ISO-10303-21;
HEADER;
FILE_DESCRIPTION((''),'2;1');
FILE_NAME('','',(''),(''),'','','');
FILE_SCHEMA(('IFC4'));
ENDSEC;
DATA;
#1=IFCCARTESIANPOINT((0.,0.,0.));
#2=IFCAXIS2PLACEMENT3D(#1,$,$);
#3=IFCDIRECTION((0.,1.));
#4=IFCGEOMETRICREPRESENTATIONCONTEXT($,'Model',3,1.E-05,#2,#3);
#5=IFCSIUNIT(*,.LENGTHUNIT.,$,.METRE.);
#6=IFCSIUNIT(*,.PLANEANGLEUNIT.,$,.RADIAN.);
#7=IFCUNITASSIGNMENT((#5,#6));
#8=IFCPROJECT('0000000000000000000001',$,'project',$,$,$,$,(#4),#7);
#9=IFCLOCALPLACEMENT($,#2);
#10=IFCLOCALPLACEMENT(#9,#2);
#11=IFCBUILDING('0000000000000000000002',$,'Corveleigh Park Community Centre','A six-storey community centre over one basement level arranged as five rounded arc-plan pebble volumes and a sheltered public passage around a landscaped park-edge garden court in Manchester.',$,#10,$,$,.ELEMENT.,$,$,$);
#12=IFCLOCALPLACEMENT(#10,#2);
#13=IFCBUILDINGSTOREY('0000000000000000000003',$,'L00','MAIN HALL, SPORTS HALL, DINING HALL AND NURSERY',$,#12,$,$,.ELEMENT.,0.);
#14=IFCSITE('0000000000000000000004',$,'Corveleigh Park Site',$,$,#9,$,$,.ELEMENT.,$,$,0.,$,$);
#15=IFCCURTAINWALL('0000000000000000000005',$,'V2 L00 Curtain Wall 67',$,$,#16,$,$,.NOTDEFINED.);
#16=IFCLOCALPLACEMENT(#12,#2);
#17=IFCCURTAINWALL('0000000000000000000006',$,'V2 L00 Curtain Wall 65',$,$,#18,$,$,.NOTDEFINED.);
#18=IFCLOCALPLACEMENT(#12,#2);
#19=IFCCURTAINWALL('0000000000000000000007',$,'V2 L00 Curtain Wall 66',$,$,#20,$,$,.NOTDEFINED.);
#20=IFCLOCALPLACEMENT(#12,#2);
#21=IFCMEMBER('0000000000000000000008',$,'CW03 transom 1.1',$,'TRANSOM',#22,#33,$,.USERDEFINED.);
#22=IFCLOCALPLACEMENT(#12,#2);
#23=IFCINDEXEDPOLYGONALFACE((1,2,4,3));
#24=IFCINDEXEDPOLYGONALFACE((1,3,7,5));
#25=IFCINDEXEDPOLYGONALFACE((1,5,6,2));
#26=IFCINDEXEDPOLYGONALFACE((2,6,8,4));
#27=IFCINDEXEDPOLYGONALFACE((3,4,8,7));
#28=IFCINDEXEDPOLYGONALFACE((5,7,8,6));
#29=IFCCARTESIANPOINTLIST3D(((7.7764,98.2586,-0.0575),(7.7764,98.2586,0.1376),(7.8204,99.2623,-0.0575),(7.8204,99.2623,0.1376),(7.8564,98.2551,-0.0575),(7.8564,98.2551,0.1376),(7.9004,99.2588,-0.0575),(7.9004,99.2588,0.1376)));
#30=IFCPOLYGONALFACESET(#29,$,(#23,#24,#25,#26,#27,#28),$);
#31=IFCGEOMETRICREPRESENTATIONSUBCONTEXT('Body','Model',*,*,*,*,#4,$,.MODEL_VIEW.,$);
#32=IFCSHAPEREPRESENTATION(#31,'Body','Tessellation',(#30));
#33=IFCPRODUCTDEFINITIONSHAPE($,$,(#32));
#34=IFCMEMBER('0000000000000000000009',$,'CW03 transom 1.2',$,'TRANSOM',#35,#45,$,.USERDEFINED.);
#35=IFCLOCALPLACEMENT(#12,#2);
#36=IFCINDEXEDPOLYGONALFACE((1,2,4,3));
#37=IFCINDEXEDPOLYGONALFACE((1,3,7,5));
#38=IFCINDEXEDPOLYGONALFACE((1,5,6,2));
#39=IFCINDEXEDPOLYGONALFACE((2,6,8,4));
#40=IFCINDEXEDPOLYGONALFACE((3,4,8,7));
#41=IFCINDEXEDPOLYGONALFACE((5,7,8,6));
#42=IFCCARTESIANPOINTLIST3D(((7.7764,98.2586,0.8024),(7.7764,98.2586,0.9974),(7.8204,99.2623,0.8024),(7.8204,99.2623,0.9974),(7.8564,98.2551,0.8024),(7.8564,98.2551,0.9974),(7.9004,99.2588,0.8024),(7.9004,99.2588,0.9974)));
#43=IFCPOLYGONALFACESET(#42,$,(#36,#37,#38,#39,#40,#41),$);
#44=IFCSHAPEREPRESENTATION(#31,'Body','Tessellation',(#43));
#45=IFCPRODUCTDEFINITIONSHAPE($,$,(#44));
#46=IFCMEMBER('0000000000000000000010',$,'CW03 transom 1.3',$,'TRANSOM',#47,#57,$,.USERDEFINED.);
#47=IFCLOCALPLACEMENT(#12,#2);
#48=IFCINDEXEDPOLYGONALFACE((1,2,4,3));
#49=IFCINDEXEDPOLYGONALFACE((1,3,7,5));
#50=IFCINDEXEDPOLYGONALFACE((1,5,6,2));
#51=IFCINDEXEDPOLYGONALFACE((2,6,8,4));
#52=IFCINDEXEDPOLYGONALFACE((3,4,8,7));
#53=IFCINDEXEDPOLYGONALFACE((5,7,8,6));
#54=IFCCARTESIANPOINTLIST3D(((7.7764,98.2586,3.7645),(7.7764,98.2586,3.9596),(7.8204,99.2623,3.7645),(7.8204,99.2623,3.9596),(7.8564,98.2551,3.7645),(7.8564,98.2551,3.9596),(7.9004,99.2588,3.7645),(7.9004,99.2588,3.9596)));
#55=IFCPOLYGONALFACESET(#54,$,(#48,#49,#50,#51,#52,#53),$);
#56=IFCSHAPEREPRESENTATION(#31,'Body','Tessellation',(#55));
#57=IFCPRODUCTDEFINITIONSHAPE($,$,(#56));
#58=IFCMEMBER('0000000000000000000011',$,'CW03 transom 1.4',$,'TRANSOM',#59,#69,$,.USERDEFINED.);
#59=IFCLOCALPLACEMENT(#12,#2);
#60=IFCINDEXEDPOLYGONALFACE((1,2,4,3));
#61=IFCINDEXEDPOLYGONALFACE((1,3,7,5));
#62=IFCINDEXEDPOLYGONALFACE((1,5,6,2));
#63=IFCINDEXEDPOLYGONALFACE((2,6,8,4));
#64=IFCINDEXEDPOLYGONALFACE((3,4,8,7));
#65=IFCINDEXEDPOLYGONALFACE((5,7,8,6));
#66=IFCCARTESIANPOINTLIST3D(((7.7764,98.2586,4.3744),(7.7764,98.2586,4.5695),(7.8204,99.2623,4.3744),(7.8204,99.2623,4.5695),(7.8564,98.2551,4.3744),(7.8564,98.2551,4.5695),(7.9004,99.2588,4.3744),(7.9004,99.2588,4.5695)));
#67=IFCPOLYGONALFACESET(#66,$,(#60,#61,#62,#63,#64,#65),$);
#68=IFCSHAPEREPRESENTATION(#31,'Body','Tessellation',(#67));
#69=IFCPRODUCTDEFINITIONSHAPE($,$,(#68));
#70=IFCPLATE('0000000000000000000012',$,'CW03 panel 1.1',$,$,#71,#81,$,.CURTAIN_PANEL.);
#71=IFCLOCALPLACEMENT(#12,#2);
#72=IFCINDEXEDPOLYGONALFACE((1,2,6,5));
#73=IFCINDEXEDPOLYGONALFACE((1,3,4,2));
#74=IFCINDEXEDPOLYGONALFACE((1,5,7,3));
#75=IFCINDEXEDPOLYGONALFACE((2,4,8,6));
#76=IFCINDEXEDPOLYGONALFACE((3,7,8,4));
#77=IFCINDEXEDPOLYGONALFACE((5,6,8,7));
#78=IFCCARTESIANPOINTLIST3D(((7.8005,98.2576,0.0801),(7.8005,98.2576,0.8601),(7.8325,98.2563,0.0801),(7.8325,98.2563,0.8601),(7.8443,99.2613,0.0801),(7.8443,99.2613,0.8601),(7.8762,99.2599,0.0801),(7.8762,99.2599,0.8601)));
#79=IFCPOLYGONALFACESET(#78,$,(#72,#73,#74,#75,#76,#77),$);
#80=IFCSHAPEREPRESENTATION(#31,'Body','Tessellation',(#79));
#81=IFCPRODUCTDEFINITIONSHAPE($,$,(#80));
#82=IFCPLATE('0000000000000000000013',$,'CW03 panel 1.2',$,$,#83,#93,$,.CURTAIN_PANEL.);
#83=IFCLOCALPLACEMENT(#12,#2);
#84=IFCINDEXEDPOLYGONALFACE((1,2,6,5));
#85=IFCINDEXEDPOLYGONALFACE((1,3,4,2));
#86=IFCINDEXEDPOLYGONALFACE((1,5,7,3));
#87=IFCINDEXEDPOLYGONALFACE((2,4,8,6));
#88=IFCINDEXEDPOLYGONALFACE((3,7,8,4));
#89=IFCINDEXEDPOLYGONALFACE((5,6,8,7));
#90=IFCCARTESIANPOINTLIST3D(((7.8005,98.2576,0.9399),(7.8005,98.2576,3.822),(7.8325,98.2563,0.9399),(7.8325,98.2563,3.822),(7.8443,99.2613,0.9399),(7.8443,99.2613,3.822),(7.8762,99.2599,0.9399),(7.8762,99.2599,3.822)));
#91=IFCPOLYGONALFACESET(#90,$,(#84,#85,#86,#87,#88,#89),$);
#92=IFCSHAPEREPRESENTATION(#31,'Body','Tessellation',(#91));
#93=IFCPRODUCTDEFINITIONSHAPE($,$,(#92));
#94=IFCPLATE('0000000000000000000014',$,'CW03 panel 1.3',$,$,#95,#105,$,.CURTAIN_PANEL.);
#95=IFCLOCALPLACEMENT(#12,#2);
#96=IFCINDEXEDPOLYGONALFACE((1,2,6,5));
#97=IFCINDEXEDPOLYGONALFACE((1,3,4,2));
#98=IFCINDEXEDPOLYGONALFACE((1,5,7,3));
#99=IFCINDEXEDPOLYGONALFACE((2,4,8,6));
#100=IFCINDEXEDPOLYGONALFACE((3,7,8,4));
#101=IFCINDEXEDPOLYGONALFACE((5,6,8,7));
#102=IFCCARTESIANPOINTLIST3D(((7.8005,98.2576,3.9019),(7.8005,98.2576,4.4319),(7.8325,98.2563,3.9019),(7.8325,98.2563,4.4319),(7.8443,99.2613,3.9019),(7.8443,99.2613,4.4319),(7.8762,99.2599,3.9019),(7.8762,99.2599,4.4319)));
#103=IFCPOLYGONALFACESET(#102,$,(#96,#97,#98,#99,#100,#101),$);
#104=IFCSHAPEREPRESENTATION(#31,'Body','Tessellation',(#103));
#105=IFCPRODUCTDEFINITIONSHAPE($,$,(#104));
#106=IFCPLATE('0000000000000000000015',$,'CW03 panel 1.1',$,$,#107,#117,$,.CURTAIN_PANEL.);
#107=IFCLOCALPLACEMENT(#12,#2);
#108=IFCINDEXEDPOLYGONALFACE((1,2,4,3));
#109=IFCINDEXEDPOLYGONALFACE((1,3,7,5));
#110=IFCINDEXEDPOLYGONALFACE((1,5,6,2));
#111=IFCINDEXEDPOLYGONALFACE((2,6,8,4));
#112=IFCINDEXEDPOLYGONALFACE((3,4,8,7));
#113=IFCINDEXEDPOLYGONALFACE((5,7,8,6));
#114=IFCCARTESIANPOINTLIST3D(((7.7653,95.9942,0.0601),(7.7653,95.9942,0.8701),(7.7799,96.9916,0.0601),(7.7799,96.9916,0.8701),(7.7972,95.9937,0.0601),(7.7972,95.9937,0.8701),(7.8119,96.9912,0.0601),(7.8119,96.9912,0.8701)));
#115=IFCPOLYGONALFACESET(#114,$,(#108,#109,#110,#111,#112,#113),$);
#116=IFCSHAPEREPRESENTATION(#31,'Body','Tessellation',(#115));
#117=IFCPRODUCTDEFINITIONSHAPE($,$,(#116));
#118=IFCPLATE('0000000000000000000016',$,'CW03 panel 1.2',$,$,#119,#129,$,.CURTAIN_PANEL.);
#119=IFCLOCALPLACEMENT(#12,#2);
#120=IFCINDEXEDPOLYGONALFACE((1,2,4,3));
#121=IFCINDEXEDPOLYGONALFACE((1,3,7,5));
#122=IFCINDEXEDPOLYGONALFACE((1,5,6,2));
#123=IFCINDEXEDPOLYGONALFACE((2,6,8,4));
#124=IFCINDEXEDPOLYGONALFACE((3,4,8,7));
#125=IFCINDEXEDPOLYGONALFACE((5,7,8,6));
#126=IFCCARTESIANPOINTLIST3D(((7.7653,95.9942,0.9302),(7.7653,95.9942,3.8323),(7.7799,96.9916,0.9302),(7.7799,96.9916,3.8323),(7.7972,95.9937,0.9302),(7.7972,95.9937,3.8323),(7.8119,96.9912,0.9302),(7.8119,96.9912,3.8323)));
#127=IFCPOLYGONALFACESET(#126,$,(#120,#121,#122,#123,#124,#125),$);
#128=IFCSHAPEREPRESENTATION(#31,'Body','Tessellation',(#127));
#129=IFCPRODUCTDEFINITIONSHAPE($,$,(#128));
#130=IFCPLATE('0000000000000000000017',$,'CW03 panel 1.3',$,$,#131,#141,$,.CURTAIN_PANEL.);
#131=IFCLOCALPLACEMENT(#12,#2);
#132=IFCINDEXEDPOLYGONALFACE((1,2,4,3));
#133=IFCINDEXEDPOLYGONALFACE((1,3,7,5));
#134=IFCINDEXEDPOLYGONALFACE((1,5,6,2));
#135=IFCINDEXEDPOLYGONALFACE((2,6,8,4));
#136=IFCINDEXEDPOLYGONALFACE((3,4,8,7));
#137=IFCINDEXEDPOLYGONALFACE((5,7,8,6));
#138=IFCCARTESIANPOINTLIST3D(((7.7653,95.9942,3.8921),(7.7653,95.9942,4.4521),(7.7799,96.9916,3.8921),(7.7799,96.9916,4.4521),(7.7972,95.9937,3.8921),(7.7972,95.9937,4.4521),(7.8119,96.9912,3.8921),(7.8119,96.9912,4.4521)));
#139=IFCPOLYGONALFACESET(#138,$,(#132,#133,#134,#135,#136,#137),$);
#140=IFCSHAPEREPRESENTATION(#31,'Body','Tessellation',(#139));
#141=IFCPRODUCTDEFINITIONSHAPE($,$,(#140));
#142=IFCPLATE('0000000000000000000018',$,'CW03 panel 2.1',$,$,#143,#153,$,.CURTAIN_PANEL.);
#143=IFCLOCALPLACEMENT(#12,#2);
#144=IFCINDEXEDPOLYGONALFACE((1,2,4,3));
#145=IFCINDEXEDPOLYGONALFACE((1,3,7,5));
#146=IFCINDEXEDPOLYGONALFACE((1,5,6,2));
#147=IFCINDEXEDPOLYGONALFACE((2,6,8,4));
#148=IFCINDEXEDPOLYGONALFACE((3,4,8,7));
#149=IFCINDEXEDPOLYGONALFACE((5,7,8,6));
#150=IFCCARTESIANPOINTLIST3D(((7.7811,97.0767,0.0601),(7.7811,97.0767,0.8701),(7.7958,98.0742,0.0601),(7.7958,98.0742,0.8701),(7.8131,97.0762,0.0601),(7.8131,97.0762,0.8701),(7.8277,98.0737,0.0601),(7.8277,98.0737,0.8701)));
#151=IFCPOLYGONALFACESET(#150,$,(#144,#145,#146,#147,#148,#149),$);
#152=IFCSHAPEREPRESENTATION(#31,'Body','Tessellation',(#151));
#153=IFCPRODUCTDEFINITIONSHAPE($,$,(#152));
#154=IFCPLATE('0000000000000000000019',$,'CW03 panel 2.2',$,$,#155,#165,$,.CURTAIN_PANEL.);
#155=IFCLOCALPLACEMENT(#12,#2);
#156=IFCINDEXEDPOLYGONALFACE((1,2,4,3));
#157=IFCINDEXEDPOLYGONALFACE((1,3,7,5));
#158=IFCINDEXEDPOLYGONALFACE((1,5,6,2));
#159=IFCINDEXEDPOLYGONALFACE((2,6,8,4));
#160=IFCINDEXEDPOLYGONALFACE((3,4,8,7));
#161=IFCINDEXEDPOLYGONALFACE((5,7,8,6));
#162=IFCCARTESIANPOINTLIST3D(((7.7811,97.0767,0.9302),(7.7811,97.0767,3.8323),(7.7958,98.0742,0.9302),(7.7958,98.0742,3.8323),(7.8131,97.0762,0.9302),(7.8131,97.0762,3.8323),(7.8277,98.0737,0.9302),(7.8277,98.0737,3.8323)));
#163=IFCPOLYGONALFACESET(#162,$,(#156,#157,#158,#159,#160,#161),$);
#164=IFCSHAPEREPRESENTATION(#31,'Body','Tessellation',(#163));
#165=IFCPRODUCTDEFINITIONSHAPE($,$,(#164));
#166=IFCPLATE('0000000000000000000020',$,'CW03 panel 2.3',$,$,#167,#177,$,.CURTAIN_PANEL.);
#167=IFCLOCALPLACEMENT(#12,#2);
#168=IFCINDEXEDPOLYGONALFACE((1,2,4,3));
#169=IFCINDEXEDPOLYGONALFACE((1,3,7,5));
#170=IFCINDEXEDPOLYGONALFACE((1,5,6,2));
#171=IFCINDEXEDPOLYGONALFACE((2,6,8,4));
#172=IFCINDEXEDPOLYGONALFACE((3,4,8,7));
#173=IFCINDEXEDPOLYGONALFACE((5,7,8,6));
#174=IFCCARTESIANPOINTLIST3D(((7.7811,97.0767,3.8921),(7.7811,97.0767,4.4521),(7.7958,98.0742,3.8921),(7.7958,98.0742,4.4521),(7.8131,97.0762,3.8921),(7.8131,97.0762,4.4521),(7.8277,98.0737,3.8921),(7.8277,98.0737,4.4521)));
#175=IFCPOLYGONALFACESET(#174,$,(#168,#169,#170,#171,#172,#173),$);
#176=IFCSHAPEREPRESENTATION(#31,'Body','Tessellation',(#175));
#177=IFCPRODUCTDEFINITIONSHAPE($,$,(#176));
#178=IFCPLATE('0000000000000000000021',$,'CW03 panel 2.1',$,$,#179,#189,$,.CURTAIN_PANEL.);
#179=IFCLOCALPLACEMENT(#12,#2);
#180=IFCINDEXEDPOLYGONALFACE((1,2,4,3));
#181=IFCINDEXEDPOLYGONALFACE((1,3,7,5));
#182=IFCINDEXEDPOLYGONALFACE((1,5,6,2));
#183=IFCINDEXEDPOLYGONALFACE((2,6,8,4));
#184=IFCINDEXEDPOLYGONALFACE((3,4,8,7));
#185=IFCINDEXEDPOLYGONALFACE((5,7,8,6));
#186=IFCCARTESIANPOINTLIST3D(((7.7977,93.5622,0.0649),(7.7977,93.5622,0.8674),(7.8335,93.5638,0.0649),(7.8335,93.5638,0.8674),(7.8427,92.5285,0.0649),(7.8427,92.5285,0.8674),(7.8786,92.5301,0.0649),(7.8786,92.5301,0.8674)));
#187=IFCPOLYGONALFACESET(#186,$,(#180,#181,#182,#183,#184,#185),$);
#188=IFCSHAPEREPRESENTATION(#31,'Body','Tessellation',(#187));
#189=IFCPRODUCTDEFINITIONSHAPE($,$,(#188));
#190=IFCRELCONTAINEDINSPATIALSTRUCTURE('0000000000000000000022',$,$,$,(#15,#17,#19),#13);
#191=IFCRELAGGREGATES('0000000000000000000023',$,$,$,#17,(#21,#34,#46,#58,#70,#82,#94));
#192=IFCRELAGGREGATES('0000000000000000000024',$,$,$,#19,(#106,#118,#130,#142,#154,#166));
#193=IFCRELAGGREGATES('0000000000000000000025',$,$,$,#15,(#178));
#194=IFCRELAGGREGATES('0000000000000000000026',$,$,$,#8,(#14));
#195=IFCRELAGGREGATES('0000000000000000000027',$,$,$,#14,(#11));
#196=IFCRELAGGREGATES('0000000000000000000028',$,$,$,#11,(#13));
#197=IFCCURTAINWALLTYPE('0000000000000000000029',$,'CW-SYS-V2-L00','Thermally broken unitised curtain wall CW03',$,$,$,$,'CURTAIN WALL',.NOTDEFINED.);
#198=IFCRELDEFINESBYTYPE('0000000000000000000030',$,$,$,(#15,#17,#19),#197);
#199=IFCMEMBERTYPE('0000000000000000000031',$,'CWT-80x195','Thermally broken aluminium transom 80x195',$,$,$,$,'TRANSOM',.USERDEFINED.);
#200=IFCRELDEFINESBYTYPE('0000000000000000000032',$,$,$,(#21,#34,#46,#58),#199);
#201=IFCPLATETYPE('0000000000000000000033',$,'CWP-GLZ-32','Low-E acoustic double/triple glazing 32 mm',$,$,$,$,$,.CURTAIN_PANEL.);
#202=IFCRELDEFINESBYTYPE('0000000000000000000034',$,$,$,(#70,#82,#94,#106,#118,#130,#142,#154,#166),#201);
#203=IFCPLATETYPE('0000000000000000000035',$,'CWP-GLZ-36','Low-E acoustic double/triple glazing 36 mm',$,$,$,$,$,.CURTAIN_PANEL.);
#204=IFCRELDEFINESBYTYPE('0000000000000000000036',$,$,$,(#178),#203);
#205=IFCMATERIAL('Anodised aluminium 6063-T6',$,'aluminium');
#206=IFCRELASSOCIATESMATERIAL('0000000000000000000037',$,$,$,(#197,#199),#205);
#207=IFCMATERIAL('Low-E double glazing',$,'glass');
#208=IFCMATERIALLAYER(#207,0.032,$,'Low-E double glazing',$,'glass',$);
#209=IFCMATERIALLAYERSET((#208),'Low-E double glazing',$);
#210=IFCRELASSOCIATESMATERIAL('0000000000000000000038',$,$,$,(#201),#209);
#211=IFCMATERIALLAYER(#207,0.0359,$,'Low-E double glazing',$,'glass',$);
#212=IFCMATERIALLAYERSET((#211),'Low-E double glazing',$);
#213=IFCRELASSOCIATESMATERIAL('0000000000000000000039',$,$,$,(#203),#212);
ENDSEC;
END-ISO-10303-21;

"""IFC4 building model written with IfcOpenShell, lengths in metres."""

from ifc_helpers import new_model, si_unit, direction, frame, origin, origin_2d, place, context, subcontext, project, spatial, rectangle, extrude, material, layer, layer_set, material_profile, profile_set, type_object, element, aggregate, save


model = new_model("IFC4")

# Units and contexts
model_context = context("Model", 3, precision=1e-05, world=origin(), true_north=direction((0.0, 1.0)))
body_context = subcontext(model_context, "Body", "Model", "MODEL_VIEW")
ifc_project = project(units=[si_unit("LENGTHUNIT", "METRE"), si_unit("PLANEANGLEUNIT", "RADIAN")], contexts=[model_context])

# Site, building, storey
site_placement = place(None, origin())
site = spatial("IfcSite", under=ifc_project, at=site_placement, Name="Corveleigh Park Site", CompositionType="ELEMENT", RefElevation=0.0)
building_placement = place(site_placement, origin())
building = spatial("IfcBuilding", under=site, at=building_placement, Name="Corveleigh Park Community Centre", Description="A six-storey community centre over one basement level arranged as five rounded arc-plan pebble volumes and a sheltered public passage around a landscaped park-edge garden court in Manchester.", CompositionType="ELEMENT")
storey_placement = place(building_placement, origin())
storey = spatial("IfcBuildingStorey", under=building, at=storey_placement, Name="L00", Description="MAIN HALL, SPORTS HALL, DINING HALL AND NURSERY", CompositionType="ELEMENT", Elevation=0.0)

# Curtain wall
ifc_material_1 = material(Name="Anodised aluminium 6063-T6", Category="aluminium")
curtain_wall_type = type_object("IfcCurtainWallType", Name="CW-SYS-V2-L00", Description="Thermally broken unitised curtain wall CW03", ElementType="CURTAIN WALL", PredefinedType="NOTDEFINED", material=ifc_material_1)
curtain_wall_1_placement = place(storey_placement, origin())
curtain_wall_1 = element("IfcCurtainWall", 1, at=curtain_wall_1_placement, inside=storey, type_object=curtain_wall_type, Name="V2 L00 Curtain Wall 67", PredefinedType="NOTDEFINED")

# Curtain walls
curtain_wall_2_placement = place(storey_placement, origin())
curtain_wall_2 = element("IfcCurtainWall", 2, at=curtain_wall_2_placement, inside=storey, type_object=curtain_wall_type, Name="V2 L00 Curtain Wall 65", PredefinedType="NOTDEFINED")
curtain_wall_3_placement = place(storey_placement, origin())
curtain_wall_3 = element("IfcCurtainWall", 3, at=curtain_wall_3_placement, inside=storey, type_object=curtain_wall_type, Name="V2 L00 Curtain Wall 66", PredefinedType="NOTDEFINED")

# Members
ifc_material_profile_1 = material_profile(ifc_material_1, rectangle(XDim=0.0801, YDim=0.1951, at=origin_2d()), Name="ALU-T80x195", Category="aluminium")
ifc_profile_set_1 = profile_set([ifc_material_profile_1], Name="Anodised aluminium 6063-T6")
member_type_1 = type_object("IfcMemberType", Name="CWT-80x195", Description="Thermally broken aluminium transom 80x195", ElementType="TRANSOM", PredefinedType="USERDEFINED", material=ifc_profile_set_1)
member_1_placement = place(storey_placement, frame((7.8164, 98.2568, 0.04), z_axis=(0.043743, 0.999043, 0.0), x_axis=(-0.999043, 0.043743, 0.0)))
member_1 = element("IfcMember", 4, at=member_1_placement, type_object=member_type_1, Name="CW03 transom 1.1", ObjectType="TRANSOM", PredefinedType="USERDEFINED", context=body_context, shape_type="SweptSolid", body=[
    extrude(rectangle(XDim=0.0801, YDim=0.1951, at=origin_2d()), origin(), (0.0, 0.0, 1.0), 1.0046),
])
member_2_placement = place(storey_placement, frame((7.8164, 98.2568, 0.8999), z_axis=(0.043743, 0.999043, 0.0), x_axis=(-0.999043, 0.043743, 0.0)))
member_2 = element("IfcMember", 5, at=member_2_placement, type_object=member_type_1, Name="CW03 transom 1.2", ObjectType="TRANSOM", PredefinedType="USERDEFINED", context=body_context, shape_type="SweptSolid", body=[
    extrude(rectangle(XDim=0.0801, YDim=0.1951, at=origin_2d()), origin(), (0.0, 0.0, 1.0), 1.0046),
])
member_3_placement = place(storey_placement, frame((7.8164, 98.2568, 3.8621), z_axis=(0.043743, 0.999043, 0.0), x_axis=(-0.999043, 0.043743, 0.0)))
member_3 = element("IfcMember", 6, at=member_3_placement, type_object=member_type_1, Name="CW03 transom 1.3", ObjectType="TRANSOM", PredefinedType="USERDEFINED", context=body_context, shape_type="SweptSolid", body=[
    extrude(rectangle(XDim=0.0801, YDim=0.1951, at=origin_2d()), origin(), (0.0, 0.0, 1.0), 1.0046),
])
member_4_placement = place(storey_placement, frame((7.8164, 98.2568, 4.4719), z_axis=(0.043743, 0.999043, 0.0), x_axis=(-0.999043, 0.043743, 0.0)))
member_4 = element("IfcMember", 7, at=member_4_placement, type_object=member_type_1, Name="CW03 transom 1.4", ObjectType="TRANSOM", PredefinedType="USERDEFINED", context=body_context, shape_type="SweptSolid", body=[
    extrude(rectangle(XDim=0.0801, YDim=0.1951, at=origin_2d()), origin(), (0.0, 0.0, 1.0), 1.0046),
])

# Plates
ifc_material_2 = material(Name="Low-E double glazing", Category="glass")
ifc_layer_1 = layer(ifc_material_2, 0.032, Name="Low-E double glazing", Category="glass")
ifc_layer_set_1 = layer_set([ifc_layer_1], Name="Low-E double glazing")
plate_type_1 = type_object("IfcPlateType", Name="CWP-GLZ-32", Description="Low-E acoustic double/triple glazing 32 mm", PredefinedType="CURTAIN_PANEL", material=ifc_layer_set_1)
plate_1_placement = place(storey_placement, frame((7.8384, 98.7588, 0.0801), z_axis=(0.0, 0.0, 1.0), x_axis=(0.043572, 0.99905, 0.0)))
plate_1 = element("IfcPlate", 8, at=plate_1_placement, type_object=plate_type_1, Name="CW03 panel 1.1", PredefinedType="CURTAIN_PANEL", context=body_context, shape_type="SweptSolid", body=[
    extrude(rectangle(XDim=1.0046, YDim=0.032, at=origin_2d()), origin(), (0.0, 0.0, 1.0), 0.78),
])
plate_2_placement = place(storey_placement, frame((7.8384, 98.7588, 0.9399), z_axis=(0.0, 0.0, 1.0), x_axis=(0.043572, 0.99905, 0.0)))
plate_2 = element("IfcPlate", 9, at=plate_2_placement, type_object=plate_type_1, Name="CW03 panel 1.2", PredefinedType="CURTAIN_PANEL", context=body_context, shape_type="SweptSolid", body=[
    extrude(rectangle(XDim=1.0046, YDim=0.032, at=origin_2d()), origin(), (0.0, 0.0, 1.0), 2.8821),
])
plate_3_placement = place(storey_placement, frame((7.8384, 98.7588, 3.9019), z_axis=(0.0, 0.0, 1.0), x_axis=(0.043572, 0.99905, 0.0)))
plate_3 = element("IfcPlate", 10, at=plate_3_placement, type_object=plate_type_1, Name="CW03 panel 1.3", PredefinedType="CURTAIN_PANEL", context=body_context, shape_type="SweptSolid", body=[
    extrude(rectangle(XDim=1.0046, YDim=0.032, at=origin_2d()), origin(), (0.0, 0.0, 1.0), 0.53),
])
aggregate(curtain_wall_2, [member_1, member_2, member_3, member_4, plate_1, plate_2, plate_3])
plate_4_placement = place(storey_placement, frame((7.7886, 96.4927, 0.0601), z_axis=(0.0, 0.0, 1.0), x_axis=(0.014665, 0.999892, 0.0)))
plate_4 = element("IfcPlate", 11, at=plate_4_placement, type_object=plate_type_1, Name="CW03 panel 1.1", PredefinedType="CURTAIN_PANEL", context=body_context, shape_type="SweptSolid", body=[
    extrude(rectangle(XDim=0.9976, YDim=0.032, at=origin_2d()), origin(), (0.0, 0.0, 1.0), 0.8101),
])
plate_5_placement = place(storey_placement, frame((7.7886, 96.4927, 0.9302), z_axis=(0.0, 0.0, 1.0), x_axis=(0.014665, 0.999892, 0.0)))
plate_5 = element("IfcPlate", 12, at=plate_5_placement, type_object=plate_type_1, Name="CW03 panel 1.2", PredefinedType="CURTAIN_PANEL", context=body_context, shape_type="SweptSolid", body=[
    extrude(rectangle(XDim=0.9976, YDim=0.032, at=origin_2d()), origin(), (0.0, 0.0, 1.0), 2.9021),
])
plate_6_placement = place(storey_placement, frame((7.7886, 96.4927, 3.8921), z_axis=(0.0, 0.0, 1.0), x_axis=(0.014665, 0.999892, 0.0)))
plate_6 = element("IfcPlate", 13, at=plate_6_placement, type_object=plate_type_1, Name="CW03 panel 1.3", PredefinedType="CURTAIN_PANEL", context=body_context, shape_type="SweptSolid", body=[
    extrude(rectangle(XDim=0.9976, YDim=0.032, at=origin_2d()), origin(), (0.0, 0.0, 1.0), 0.5601),
])
plate_7_placement = place(storey_placement, frame((7.8044, 97.5752, 0.0601), z_axis=(0.0, 0.0, 1.0), x_axis=(0.014665, 0.999892, 0.0)))
plate_7 = element("IfcPlate", 14, at=plate_7_placement, type_object=plate_type_1, Name="CW03 panel 2.1", PredefinedType="CURTAIN_PANEL", context=body_context, shape_type="SweptSolid", body=[
    extrude(rectangle(XDim=0.9976, YDim=0.032, at=origin_2d()), origin(), (0.0, 0.0, 1.0), 0.8101),
])
plate_8_placement = place(storey_placement, frame((7.8044, 97.5752, 0.9302), z_axis=(0.0, 0.0, 1.0), x_axis=(0.014665, 0.999892, 0.0)))
plate_8 = element("IfcPlate", 15, at=plate_8_placement, type_object=plate_type_1, Name="CW03 panel 2.2", PredefinedType="CURTAIN_PANEL", context=body_context, shape_type="SweptSolid", body=[
    extrude(rectangle(XDim=0.9976, YDim=0.032, at=origin_2d()), origin(), (0.0, 0.0, 1.0), 2.9021),
])
plate_9_placement = place(storey_placement, frame((7.8044, 97.5752, 3.8921), z_axis=(0.0, 0.0, 1.0), x_axis=(0.014665, 0.999892, 0.0)))
plate_9 = element("IfcPlate", 16, at=plate_9_placement, type_object=plate_type_1, Name="CW03 panel 2.3", PredefinedType="CURTAIN_PANEL", context=body_context, shape_type="SweptSolid", body=[
    extrude(rectangle(XDim=0.9976, YDim=0.032, at=origin_2d()), origin(), (0.0, 0.0, 1.0), 0.5601),
])
aggregate(curtain_wall_3, [plate_4, plate_5, plate_6, plate_7, plate_8, plate_9])
ifc_layer_2 = layer(ifc_material_2, 0.0359, Name="Low-E double glazing", Category="glass")
ifc_layer_set_2 = layer_set([ifc_layer_2], Name="Low-E double glazing")
plate_type_2 = type_object("IfcPlateType", Name="CWP-GLZ-36", Description="Low-E acoustic double/triple glazing 36 mm", PredefinedType="CURTAIN_PANEL", material=ifc_layer_set_2)
plate_10_placement = place(storey_placement, frame((7.8381, 93.0461, 0.0649), z_axis=(0.0, 0.0, 1.0), x_axis=(-0.043572, 0.99905, 0.0)))
plate_10 = element("IfcPlate", 17, at=plate_10_placement, type_object=plate_type_2, Name="CW03 panel 2.1", PredefinedType="CURTAIN_PANEL", context=body_context, shape_type="SweptSolid", body=[
    extrude(rectangle(XDim=1.0347, YDim=0.0359, at=origin_2d()), origin(), (0.0, 0.0, 1.0), 0.8025),
])
aggregate(curtain_wall_1, [plate_10])

save(model, "model.ifc")
